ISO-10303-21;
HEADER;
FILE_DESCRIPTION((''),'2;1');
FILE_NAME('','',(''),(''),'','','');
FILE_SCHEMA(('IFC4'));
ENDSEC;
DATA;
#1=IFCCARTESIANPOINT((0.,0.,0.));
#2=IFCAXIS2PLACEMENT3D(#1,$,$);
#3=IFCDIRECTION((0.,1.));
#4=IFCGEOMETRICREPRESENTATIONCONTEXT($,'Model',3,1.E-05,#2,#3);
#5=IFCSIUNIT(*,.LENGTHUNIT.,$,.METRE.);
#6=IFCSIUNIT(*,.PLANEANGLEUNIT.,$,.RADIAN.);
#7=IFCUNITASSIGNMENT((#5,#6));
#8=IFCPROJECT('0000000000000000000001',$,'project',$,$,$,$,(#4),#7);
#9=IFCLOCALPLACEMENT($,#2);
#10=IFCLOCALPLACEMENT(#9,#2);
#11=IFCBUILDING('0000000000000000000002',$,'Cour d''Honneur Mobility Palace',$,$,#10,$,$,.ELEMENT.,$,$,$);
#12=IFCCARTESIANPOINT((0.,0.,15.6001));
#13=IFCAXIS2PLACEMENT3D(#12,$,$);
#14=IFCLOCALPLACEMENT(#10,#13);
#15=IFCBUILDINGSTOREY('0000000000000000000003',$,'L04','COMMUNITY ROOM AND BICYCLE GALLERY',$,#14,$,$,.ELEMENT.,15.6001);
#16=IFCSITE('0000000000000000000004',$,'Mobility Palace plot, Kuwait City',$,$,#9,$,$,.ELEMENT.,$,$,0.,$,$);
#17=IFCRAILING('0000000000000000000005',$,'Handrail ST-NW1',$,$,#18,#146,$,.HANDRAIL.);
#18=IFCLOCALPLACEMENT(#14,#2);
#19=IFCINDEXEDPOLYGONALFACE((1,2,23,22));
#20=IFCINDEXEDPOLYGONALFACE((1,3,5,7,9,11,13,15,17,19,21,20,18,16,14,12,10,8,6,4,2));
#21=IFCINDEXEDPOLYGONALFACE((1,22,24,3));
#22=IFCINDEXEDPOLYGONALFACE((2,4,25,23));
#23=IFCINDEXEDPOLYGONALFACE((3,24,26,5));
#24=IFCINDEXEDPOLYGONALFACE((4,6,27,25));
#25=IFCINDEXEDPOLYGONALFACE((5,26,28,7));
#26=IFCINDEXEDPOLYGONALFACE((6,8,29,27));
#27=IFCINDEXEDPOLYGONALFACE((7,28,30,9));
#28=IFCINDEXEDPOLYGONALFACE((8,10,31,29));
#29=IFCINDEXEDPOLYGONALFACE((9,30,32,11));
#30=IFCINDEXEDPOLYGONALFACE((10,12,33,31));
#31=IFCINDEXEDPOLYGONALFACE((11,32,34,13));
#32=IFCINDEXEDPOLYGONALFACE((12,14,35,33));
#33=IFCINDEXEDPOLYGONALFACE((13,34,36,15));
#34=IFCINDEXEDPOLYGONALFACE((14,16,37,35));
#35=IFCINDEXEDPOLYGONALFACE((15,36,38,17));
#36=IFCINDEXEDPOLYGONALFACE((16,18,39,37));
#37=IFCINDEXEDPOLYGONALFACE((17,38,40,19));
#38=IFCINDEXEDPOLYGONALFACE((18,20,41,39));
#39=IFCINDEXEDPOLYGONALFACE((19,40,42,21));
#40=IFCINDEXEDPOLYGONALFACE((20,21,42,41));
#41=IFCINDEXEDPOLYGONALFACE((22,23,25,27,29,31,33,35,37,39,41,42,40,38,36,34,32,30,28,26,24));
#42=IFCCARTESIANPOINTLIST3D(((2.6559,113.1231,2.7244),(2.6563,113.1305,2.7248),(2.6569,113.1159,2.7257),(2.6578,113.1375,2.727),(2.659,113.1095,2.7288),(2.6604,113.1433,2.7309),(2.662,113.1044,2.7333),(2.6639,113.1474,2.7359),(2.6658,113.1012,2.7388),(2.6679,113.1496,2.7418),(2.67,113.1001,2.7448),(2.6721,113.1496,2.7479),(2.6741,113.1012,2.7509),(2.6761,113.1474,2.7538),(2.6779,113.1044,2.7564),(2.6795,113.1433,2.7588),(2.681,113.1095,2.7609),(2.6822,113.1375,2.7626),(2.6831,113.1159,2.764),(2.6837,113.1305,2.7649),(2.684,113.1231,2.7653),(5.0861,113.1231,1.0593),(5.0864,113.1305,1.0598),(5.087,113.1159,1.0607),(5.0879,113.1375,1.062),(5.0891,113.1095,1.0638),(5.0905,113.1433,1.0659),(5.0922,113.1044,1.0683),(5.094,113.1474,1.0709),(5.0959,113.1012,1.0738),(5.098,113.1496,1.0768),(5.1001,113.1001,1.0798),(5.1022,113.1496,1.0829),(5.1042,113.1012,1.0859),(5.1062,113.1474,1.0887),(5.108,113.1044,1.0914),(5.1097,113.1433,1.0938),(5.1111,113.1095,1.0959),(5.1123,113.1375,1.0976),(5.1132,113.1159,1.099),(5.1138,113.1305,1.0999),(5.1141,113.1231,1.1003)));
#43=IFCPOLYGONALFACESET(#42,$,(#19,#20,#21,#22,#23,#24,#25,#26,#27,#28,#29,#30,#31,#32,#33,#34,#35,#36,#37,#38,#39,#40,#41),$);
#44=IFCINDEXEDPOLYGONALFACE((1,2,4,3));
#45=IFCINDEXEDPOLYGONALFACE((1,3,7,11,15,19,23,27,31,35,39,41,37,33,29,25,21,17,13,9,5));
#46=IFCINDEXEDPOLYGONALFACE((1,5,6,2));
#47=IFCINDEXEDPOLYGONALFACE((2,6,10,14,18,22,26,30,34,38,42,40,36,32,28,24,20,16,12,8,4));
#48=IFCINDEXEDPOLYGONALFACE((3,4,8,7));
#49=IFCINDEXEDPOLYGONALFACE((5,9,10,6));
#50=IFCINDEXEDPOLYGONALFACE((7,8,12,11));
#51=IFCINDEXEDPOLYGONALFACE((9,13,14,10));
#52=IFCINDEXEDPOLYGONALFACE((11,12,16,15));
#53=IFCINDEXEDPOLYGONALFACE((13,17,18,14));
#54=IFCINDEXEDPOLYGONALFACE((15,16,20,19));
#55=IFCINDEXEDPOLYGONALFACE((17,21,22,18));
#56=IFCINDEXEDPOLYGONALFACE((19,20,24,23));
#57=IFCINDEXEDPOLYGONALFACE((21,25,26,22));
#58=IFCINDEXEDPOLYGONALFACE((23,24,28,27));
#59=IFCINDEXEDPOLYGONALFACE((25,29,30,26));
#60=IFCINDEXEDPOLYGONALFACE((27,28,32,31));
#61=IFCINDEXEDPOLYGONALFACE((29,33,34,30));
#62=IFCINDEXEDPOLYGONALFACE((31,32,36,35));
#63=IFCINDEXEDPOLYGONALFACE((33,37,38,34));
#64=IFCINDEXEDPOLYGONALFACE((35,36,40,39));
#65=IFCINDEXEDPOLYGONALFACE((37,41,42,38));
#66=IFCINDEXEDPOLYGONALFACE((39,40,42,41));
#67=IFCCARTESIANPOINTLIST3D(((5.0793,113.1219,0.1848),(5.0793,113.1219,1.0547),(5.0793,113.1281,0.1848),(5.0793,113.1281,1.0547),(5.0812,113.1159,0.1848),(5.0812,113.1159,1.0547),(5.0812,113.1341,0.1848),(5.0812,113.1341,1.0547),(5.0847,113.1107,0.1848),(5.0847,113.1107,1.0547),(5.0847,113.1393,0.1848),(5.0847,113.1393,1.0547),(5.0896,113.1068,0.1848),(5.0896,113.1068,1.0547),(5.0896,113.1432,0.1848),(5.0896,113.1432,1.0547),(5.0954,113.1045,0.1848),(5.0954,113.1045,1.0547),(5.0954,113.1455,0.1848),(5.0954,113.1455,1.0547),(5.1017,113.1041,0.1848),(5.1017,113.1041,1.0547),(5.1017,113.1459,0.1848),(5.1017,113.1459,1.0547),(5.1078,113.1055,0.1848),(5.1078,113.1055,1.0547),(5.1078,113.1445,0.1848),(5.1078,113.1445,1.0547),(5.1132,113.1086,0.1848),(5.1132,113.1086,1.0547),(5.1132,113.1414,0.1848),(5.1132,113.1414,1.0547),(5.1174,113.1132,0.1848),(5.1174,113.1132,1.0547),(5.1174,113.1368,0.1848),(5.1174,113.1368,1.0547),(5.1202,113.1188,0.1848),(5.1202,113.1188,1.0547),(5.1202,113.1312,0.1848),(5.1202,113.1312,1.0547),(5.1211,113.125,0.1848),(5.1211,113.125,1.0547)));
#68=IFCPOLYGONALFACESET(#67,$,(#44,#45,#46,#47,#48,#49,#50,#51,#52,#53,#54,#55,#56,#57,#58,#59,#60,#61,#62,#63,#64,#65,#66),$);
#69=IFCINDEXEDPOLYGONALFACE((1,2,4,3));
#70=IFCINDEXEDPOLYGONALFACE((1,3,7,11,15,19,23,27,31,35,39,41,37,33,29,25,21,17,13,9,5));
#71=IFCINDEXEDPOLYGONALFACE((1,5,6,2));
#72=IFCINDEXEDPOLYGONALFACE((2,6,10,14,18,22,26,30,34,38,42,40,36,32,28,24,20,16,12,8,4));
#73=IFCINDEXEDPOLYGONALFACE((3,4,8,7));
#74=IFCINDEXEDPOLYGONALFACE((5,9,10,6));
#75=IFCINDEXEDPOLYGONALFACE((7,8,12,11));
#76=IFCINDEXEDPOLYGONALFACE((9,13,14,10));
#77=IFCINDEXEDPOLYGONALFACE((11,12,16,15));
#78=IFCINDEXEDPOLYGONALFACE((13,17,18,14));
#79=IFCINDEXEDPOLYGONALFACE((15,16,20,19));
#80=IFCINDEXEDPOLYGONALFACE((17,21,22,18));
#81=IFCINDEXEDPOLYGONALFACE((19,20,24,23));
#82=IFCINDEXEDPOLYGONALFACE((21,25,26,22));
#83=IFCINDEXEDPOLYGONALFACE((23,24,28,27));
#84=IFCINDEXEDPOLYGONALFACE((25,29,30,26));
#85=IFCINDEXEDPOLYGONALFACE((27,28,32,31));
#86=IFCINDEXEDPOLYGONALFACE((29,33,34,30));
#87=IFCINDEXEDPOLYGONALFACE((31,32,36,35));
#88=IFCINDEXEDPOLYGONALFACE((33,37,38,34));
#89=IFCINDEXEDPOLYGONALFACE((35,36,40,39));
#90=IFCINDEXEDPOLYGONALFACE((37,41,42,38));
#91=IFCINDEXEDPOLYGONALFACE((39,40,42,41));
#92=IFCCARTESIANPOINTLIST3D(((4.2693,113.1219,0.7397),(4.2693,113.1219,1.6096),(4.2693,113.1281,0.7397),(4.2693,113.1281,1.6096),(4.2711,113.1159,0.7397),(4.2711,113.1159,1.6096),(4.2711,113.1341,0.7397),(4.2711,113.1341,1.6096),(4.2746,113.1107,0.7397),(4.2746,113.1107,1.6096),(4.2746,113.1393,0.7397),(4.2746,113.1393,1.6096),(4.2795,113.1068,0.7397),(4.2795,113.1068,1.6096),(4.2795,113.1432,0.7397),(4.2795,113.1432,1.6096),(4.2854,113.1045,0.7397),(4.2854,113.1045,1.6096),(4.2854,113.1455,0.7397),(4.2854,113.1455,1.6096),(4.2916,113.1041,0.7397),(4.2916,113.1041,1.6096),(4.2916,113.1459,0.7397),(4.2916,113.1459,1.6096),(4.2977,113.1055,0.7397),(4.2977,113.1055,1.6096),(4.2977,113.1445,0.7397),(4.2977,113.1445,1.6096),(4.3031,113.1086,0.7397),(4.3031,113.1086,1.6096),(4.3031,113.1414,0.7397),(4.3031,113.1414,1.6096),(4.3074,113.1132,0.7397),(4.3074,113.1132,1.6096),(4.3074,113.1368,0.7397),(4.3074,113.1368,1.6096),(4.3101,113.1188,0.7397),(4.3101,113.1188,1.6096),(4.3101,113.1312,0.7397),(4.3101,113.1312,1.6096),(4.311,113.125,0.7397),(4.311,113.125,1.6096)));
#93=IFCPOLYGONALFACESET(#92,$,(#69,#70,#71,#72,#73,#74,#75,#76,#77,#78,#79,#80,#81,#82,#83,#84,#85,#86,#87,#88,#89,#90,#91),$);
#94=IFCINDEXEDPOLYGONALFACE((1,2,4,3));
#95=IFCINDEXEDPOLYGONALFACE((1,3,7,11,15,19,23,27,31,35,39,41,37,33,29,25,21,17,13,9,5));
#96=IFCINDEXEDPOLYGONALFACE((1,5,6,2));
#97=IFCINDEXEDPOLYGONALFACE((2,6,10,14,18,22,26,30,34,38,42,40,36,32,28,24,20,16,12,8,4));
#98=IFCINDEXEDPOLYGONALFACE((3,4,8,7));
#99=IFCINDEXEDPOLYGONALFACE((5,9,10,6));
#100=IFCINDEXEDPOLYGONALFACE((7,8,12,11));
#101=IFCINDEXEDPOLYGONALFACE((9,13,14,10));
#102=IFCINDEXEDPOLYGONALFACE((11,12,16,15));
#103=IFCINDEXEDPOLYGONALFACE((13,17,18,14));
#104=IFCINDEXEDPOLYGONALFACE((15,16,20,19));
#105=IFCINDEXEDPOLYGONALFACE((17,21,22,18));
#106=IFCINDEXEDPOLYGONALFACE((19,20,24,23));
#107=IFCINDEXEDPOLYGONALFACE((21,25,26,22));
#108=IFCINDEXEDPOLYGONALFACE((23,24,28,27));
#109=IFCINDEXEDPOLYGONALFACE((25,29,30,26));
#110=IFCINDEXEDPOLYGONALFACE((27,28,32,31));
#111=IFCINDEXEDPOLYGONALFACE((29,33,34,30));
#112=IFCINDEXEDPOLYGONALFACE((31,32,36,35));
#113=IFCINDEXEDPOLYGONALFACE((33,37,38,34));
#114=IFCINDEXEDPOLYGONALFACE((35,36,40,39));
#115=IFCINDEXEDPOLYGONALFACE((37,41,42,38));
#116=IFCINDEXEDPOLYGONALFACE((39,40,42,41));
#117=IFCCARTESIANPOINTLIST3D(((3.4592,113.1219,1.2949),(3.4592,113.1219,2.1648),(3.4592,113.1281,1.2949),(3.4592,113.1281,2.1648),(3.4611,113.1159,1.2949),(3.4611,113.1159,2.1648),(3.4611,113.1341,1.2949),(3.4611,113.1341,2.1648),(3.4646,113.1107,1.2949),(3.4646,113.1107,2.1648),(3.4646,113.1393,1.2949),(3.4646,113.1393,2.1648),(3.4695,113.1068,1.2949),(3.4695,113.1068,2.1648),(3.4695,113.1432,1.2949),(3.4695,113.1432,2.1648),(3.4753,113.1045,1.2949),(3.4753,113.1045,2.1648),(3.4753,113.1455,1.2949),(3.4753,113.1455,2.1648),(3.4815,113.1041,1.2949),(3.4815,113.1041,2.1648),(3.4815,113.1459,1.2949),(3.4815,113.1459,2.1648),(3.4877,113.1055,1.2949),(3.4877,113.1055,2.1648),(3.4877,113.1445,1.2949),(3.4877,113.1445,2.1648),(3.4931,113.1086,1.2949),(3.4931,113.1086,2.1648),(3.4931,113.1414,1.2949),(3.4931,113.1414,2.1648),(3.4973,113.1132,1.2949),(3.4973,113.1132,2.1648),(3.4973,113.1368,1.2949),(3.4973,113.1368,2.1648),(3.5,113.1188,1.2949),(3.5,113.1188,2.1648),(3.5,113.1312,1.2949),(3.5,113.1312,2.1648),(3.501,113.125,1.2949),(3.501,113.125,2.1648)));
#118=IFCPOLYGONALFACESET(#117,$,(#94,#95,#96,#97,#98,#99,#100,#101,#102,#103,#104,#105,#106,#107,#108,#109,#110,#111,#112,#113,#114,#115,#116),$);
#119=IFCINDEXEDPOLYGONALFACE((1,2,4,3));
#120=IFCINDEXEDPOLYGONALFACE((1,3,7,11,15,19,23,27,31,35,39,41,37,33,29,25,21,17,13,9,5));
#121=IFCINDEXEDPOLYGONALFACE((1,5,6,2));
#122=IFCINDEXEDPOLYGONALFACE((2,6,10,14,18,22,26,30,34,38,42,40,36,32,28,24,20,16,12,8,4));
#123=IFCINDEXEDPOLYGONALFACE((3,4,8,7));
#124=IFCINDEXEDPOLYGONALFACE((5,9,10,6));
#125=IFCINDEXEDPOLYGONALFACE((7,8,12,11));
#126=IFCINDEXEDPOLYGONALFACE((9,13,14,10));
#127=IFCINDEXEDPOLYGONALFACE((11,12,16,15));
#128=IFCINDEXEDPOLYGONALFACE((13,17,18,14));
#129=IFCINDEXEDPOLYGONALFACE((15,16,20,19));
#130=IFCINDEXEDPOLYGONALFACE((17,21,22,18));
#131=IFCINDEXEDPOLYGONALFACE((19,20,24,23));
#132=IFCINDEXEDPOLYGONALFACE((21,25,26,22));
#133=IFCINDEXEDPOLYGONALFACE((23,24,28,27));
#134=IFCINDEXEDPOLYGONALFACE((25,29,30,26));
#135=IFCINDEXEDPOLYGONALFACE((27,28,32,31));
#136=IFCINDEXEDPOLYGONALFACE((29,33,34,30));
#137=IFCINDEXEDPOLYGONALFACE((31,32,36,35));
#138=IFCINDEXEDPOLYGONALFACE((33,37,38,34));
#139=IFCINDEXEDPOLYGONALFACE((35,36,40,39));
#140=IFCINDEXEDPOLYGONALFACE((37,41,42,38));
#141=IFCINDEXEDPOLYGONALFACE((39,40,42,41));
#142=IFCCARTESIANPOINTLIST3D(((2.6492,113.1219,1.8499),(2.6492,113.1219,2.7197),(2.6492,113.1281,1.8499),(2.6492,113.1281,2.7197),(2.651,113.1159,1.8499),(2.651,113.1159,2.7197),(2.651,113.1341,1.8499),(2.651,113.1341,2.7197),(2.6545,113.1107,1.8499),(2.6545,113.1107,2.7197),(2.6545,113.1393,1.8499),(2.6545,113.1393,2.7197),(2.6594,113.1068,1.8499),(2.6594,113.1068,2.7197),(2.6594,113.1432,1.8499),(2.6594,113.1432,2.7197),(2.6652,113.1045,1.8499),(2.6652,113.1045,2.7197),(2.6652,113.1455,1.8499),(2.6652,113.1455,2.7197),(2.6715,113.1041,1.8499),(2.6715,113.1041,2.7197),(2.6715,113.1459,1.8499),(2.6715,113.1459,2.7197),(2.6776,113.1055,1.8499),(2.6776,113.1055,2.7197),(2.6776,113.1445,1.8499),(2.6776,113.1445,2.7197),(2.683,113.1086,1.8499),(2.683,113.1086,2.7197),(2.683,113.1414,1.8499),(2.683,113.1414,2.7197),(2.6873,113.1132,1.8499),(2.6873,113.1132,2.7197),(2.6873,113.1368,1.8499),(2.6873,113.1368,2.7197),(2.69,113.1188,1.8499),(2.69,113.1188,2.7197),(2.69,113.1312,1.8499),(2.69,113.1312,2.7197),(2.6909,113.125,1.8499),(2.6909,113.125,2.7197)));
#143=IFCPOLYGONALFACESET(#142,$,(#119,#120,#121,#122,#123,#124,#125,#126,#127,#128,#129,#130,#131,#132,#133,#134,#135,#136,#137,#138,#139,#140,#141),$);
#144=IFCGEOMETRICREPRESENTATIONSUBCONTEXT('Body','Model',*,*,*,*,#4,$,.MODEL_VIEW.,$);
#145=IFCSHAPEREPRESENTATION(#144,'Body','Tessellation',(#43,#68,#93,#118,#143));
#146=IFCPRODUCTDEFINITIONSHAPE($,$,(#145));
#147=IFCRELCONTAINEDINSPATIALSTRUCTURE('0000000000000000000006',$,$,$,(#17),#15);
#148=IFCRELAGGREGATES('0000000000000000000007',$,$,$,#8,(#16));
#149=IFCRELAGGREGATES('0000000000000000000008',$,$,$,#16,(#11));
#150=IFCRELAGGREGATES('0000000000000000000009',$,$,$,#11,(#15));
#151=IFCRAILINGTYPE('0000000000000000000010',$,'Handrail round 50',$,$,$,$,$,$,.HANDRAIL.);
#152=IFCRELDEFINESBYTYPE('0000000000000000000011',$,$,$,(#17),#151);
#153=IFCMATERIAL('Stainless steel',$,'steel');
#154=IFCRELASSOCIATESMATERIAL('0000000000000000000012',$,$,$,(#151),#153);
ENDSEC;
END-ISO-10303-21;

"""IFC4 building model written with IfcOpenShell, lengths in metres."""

from ifc_helpers import new_model, si_unit, direction, frame, origin, origin_2d, place, context, subcontext, project, spatial, circle, extrude, material, type_object, element, save


model = new_model("IFC4")

# Units and contexts
model_context = context("Model", 3, precision=1e-05, world=origin(), true_north=direction((0.0, 1.0)))
body_context = subcontext(model_context, "Body", "Model", "MODEL_VIEW")
ifc_project = project(units=[si_unit("LENGTHUNIT", "METRE"), si_unit("PLANEANGLEUNIT", "RADIAN")], contexts=[model_context])

# Site, building, storey
site_placement = place(None, origin())
site = spatial("IfcSite", under=ifc_project, at=site_placement, Name="Mobility Palace plot, Kuwait City", CompositionType="ELEMENT", RefElevation=0.0)
building_placement = place(site_placement, origin())
building = spatial("IfcBuilding", under=site, at=building_placement, Name="Cour d'Honneur Mobility Palace", CompositionType="ELEMENT")
storey_placement = place(building_placement, frame((0.0, 0.0, 15.6001)))
storey = spatial("IfcBuildingStorey", under=building, at=storey_placement, Name="L04", Description="COMMUNITY ROOM AND BICYCLE GALLERY", CompositionType="ELEMENT", Elevation=15.6001)

# Railing
ifc_material_1 = material(Name="Stainless steel", Category="steel")
railing_type_1 = type_object("IfcRailingType", Name="Handrail round 50", PredefinedType="HANDRAIL", material=ifc_material_1)
for number, where, name in (
    (1, (5.1001, 113.125, 0.1848), "Handrail ST-NW1"),
):
    element("IfcRailing", number, at=place(storey_placement, frame(where)), inside=storey, type_object=railing_type_1, Name=name, PredefinedType="HANDRAIL", context=body_context, shape_type="SweptSolid", body=[
        extrude(circle(Radius=0.0249, at=origin_2d()), frame((0.0, 0.0, 0.895), z_axis=(-0.824945, 0.0, 0.565213), x_axis=(0.0, -1.0, 0.0)), (0.0, 0.0, 1.0), 2.9458),
        extrude(circle(Radius=0.021, at=origin_2d()), origin(), (0.0, 0.0, 1.0), 0.8699),
        extrude(circle(Radius=0.021, at=origin_2d()), frame((-0.8101, 0.0, 0.5549)), (0.0, 0.0, 1.0), 0.8699),
        extrude(circle(Radius=0.021, at=origin_2d()), frame((-1.6201, 0.0, 1.1101)), (0.0, 0.0, 1.0), 0.8699),
        extrude(circle(Radius=0.021, at=origin_2d()), frame((-2.4302, 0.0, 1.665)), (0.0, 0.0, 1.0), 0.8699),
    ])

save(model, "model.ifc")
